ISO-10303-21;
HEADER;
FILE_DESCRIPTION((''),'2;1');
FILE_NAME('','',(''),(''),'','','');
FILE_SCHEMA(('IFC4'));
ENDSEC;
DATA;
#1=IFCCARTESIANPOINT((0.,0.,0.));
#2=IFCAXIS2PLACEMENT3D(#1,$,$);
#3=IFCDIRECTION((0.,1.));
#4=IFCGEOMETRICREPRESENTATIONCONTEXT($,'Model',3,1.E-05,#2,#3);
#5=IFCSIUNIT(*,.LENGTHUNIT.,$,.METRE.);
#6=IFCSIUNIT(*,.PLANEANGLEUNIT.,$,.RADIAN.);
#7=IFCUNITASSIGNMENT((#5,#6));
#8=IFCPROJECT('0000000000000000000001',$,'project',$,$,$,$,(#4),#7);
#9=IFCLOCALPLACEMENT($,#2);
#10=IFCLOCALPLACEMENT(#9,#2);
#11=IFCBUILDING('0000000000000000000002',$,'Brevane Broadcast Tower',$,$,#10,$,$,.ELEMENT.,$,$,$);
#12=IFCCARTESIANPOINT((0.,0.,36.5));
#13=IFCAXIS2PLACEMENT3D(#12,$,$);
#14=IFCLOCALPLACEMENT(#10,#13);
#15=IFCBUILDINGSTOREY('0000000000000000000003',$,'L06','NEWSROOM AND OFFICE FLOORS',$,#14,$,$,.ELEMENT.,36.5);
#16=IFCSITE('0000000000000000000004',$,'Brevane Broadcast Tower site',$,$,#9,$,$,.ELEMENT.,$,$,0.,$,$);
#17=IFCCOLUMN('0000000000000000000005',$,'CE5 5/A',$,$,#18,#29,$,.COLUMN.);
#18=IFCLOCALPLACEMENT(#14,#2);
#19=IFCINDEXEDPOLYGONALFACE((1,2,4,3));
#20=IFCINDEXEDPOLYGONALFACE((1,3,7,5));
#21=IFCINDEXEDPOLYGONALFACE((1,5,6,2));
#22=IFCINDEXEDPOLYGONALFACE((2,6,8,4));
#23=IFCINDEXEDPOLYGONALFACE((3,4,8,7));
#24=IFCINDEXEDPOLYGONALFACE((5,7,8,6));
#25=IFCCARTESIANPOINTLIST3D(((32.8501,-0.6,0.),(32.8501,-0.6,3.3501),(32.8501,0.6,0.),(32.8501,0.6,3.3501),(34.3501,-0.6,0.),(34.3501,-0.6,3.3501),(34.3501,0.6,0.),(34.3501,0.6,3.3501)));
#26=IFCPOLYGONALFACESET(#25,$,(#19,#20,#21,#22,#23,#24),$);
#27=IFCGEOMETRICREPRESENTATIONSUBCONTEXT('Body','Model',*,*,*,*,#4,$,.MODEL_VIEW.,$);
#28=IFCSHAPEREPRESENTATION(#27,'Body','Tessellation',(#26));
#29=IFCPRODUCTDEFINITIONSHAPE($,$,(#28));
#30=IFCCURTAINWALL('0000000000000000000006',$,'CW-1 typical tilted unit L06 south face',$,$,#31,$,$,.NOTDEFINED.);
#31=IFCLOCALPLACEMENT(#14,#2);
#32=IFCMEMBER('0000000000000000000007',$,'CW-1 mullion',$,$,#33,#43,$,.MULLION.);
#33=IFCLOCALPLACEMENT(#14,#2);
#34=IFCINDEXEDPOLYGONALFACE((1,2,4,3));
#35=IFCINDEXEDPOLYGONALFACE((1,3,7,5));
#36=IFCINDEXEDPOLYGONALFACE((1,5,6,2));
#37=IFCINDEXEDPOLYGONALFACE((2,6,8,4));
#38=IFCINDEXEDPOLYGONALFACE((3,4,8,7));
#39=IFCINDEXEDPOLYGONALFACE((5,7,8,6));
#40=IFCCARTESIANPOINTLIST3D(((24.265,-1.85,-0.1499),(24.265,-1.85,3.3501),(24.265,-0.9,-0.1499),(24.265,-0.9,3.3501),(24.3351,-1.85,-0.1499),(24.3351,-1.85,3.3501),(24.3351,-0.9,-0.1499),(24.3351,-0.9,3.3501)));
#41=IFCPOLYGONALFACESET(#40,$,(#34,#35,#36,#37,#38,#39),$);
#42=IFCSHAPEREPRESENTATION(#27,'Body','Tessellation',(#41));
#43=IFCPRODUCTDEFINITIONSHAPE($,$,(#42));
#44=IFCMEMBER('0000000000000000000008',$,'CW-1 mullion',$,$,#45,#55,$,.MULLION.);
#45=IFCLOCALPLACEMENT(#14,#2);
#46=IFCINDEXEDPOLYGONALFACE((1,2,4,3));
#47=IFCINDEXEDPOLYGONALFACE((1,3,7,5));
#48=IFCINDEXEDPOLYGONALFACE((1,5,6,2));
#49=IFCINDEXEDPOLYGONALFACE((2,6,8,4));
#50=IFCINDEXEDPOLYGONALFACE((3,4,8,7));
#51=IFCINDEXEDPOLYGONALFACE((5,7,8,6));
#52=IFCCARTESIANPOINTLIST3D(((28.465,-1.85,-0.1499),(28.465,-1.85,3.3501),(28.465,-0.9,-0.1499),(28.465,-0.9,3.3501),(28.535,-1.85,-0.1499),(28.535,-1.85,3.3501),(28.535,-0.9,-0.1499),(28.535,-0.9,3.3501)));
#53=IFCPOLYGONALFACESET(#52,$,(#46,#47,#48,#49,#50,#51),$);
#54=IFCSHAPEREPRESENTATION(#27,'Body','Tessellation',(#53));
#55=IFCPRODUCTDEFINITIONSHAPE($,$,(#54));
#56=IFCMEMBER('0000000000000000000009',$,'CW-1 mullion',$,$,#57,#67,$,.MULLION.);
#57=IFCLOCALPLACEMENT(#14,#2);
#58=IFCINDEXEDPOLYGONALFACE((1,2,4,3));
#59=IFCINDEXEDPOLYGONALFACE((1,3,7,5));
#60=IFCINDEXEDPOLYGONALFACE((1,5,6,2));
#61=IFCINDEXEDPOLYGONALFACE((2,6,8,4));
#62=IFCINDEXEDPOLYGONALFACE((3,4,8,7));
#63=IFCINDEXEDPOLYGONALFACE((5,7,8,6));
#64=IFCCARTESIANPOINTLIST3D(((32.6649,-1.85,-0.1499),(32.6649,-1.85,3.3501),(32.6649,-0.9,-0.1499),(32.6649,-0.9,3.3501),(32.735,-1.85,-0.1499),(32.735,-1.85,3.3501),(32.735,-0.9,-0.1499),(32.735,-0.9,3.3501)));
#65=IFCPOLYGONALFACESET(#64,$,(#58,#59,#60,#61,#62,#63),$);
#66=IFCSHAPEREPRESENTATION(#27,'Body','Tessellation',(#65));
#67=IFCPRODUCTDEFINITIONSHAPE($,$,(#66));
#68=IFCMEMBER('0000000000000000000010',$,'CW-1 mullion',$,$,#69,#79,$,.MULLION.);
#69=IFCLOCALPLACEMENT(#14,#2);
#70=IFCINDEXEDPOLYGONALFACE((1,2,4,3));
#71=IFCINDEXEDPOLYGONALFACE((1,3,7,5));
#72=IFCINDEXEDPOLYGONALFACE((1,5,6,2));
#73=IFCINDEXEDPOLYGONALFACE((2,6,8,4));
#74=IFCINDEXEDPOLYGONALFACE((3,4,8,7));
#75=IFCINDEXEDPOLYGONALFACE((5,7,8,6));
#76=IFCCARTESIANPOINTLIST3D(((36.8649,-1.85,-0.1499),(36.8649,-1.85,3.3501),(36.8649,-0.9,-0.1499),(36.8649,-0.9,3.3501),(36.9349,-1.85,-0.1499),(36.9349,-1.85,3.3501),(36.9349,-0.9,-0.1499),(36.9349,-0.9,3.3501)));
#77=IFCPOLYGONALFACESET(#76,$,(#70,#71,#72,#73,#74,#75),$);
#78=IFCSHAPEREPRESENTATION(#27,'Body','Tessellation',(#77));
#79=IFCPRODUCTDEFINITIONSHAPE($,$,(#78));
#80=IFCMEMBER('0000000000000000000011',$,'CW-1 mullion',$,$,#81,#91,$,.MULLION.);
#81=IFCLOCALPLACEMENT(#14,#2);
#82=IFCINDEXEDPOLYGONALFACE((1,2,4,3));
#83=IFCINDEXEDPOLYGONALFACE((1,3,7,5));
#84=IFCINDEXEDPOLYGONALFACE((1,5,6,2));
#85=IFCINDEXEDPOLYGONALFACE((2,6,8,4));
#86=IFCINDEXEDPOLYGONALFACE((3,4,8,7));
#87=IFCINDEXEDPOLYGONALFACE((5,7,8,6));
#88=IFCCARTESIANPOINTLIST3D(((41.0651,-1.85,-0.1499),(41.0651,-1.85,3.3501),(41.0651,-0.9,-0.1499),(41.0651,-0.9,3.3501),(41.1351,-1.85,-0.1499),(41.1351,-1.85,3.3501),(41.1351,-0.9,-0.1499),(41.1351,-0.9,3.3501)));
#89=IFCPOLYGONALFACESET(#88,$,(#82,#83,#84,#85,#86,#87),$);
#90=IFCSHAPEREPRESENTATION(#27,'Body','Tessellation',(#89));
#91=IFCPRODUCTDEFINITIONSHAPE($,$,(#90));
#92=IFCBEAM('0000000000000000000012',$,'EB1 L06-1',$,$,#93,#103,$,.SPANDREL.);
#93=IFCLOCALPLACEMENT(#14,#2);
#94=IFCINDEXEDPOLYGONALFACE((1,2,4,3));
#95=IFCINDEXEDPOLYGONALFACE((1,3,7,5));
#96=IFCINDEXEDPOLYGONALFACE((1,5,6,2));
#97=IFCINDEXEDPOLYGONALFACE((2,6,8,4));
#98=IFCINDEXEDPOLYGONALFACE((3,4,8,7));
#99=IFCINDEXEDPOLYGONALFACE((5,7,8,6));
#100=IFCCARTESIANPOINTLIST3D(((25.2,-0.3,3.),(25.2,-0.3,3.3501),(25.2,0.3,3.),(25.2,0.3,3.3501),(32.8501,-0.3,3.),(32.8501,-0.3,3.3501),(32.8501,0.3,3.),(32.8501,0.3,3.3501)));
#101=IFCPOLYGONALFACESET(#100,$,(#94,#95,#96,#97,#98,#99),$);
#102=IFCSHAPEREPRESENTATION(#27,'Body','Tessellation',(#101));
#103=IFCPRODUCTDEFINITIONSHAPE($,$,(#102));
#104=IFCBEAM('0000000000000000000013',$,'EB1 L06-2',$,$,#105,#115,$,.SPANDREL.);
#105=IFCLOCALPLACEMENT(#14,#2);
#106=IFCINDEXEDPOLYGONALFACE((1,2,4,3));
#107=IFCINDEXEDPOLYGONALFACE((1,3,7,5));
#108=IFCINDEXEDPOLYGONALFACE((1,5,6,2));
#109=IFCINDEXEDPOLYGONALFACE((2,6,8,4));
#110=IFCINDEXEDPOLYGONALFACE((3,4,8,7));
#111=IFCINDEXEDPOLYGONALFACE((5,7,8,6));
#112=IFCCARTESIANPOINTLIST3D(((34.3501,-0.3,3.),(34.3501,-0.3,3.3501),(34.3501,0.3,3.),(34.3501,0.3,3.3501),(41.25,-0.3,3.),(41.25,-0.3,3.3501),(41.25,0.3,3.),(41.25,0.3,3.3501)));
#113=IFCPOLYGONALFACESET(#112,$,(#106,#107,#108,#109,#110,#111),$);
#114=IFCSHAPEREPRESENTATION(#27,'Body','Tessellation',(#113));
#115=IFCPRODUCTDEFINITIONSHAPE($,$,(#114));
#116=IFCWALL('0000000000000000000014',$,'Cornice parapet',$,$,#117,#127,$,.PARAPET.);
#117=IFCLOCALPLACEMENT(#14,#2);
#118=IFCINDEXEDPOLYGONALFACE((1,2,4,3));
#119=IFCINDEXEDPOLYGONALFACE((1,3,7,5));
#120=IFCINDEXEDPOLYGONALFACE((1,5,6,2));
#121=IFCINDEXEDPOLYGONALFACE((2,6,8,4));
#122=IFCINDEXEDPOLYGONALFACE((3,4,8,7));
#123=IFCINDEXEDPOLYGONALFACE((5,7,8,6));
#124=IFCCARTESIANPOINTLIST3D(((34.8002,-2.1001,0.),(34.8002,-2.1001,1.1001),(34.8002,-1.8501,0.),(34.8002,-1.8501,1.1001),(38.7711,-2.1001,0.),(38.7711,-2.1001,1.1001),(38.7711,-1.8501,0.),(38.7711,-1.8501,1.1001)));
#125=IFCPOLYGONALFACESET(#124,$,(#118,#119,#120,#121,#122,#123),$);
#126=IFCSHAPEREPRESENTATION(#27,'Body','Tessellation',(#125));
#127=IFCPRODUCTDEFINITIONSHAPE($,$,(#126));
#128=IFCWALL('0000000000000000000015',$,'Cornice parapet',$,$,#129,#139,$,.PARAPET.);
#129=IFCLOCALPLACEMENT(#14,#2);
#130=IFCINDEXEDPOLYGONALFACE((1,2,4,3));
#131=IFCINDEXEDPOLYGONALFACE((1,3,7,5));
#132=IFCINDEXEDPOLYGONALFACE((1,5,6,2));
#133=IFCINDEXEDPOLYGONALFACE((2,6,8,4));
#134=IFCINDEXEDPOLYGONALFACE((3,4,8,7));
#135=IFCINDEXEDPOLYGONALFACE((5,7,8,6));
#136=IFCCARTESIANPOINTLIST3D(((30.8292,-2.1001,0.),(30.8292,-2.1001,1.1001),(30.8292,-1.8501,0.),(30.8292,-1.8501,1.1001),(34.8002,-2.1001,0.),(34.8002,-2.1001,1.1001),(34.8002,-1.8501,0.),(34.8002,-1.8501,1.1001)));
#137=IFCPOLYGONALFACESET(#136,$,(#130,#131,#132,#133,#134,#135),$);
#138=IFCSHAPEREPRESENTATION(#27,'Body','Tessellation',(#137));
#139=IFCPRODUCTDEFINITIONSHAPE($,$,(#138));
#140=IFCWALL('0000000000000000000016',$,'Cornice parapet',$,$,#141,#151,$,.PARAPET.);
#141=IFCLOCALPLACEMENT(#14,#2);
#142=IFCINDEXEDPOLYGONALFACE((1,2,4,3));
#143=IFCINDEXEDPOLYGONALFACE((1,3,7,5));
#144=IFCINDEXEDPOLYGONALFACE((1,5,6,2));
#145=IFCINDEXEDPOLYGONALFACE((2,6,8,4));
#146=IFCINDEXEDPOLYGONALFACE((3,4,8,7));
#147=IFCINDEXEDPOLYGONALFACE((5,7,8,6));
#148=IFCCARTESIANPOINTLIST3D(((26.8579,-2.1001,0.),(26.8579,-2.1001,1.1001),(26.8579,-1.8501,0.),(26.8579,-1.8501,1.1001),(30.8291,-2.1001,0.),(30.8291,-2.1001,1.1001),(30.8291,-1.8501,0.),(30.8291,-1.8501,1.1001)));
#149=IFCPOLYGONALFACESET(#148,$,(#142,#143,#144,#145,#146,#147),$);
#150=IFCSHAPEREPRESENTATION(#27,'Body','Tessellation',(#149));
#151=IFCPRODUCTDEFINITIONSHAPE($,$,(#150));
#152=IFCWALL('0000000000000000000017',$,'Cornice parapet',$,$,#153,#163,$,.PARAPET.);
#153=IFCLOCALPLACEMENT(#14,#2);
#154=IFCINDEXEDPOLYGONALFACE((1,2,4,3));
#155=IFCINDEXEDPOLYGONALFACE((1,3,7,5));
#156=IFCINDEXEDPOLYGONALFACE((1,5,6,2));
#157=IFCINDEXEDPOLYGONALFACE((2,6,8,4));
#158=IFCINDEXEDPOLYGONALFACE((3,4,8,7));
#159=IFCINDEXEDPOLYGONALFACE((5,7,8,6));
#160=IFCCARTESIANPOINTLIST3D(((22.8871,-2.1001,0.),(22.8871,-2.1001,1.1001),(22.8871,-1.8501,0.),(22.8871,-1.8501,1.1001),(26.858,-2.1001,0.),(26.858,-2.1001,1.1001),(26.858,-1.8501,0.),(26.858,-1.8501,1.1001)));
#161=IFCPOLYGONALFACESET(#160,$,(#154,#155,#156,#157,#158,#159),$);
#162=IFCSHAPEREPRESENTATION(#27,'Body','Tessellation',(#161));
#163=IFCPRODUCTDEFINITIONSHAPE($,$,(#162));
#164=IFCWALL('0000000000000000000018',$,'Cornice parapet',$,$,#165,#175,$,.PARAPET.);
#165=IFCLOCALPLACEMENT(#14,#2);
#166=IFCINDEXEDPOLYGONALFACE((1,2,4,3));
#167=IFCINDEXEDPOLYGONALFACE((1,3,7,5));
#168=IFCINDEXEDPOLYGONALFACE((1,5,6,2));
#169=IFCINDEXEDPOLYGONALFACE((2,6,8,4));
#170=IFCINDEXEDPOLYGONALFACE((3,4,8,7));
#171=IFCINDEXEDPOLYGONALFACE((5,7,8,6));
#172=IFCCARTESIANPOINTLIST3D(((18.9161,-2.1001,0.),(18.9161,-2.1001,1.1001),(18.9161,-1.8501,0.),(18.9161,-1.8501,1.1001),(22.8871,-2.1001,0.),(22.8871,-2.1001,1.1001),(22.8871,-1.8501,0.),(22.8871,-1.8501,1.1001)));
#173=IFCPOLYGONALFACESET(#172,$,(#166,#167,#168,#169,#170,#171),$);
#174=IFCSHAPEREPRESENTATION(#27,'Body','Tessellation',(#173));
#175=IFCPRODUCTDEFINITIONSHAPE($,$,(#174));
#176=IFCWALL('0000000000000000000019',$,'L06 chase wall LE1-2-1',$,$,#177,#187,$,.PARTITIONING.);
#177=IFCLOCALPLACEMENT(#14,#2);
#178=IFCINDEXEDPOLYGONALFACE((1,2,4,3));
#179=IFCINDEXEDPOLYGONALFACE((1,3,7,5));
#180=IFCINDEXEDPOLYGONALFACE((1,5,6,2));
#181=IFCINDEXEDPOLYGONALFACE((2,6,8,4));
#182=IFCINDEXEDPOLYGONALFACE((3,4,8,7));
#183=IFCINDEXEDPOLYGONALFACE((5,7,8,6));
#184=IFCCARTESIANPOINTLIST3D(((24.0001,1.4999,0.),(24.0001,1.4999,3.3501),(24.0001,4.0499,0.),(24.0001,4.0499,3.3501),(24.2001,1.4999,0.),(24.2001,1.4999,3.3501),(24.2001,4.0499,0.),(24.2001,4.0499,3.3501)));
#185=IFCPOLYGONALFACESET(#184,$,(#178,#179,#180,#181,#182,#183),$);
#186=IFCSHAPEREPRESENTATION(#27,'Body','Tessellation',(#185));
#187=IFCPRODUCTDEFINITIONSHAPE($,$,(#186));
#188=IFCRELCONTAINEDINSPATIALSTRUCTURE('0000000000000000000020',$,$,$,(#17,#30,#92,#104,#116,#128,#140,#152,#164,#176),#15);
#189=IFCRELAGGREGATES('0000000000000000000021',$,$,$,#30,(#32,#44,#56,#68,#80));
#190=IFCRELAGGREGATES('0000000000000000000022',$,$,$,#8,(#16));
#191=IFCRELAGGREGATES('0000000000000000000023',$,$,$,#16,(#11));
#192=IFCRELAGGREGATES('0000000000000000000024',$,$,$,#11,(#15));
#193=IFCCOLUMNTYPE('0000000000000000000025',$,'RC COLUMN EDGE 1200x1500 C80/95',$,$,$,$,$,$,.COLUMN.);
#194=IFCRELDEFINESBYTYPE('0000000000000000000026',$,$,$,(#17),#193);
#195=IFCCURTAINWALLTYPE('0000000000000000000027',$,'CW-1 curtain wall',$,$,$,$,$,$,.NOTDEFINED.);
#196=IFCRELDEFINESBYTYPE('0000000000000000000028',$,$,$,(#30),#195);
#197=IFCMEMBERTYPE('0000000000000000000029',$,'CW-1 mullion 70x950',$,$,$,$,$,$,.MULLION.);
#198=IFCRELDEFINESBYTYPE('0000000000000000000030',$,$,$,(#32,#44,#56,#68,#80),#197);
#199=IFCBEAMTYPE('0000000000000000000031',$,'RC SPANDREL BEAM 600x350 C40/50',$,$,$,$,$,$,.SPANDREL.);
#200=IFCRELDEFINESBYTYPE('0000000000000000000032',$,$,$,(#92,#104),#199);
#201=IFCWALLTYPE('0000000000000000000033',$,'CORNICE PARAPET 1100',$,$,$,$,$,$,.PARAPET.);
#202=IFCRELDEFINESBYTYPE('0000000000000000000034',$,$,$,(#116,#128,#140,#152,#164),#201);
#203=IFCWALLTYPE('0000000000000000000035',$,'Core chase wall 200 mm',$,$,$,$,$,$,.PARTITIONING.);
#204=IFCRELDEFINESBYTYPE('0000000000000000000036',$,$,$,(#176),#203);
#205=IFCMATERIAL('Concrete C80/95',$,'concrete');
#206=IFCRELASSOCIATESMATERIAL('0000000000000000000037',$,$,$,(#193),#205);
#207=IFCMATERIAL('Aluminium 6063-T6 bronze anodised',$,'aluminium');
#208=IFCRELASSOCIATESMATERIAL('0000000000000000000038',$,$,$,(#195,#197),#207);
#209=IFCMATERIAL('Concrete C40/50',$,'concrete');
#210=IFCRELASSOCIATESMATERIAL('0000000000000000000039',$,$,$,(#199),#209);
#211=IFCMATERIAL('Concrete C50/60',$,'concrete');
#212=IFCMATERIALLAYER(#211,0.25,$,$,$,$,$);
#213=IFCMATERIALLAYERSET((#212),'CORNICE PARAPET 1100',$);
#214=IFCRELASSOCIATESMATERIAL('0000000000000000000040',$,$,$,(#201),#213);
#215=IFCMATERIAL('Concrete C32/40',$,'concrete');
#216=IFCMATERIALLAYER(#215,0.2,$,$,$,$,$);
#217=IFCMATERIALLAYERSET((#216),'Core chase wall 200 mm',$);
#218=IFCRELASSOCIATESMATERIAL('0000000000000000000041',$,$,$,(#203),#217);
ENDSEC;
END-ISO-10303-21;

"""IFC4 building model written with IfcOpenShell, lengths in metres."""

from ifc_helpers import new_model, si_unit, direction, frame, frame_2d, origin, origin_2d, place, context, subcontext, project, spatial, rectangle, extrude, material, layer, layer_set, material_profile, profile_set, type_object, element, aggregate, save


model = new_model("IFC4")

# Units and contexts
model_context = context("Model", 3, precision=1e-05, world=origin(), true_north=direction((0.0, 1.0)))
body_context = subcontext(model_context, "Body", "Model", "MODEL_VIEW")
ifc_project = project(units=[si_unit("LENGTHUNIT", "METRE"), si_unit("PLANEANGLEUNIT", "RADIAN")], contexts=[model_context])

# Site, building, storey
site_placement = place(None, origin())
site = spatial("IfcSite", under=ifc_project, at=site_placement, Name="Brevane Broadcast Tower site", CompositionType="ELEMENT", RefElevation=0.0)
building_placement = place(site_placement, origin())
building = spatial("IfcBuilding", under=site, at=building_placement, Name="Brevane Broadcast Tower", CompositionType="ELEMENT")
storey_placement = place(building_placement, frame((0.0, 0.0, 36.5)))
storey = spatial("IfcBuildingStorey", under=building, at=storey_placement, Name="L06", Description="NEWSROOM AND OFFICE FLOORS", CompositionType="ELEMENT", Elevation=36.5)

# Column
ifc_material_1 = material(Name="Concrete C80/95", Category="concrete")
ifc_material_profile_1 = material_profile(ifc_material_1, rectangle(XDim=1.2, YDim=1.5, at=origin_2d()), Name="RC 1200x1500")
ifc_profile_set_1 = profile_set([ifc_material_profile_1], Name="Concrete C80/95")
column_type = type_object("IfcColumnType", Name="RC COLUMN EDGE 1200x1500 C80/95", PredefinedType="COLUMN", material=ifc_profile_set_1)
column_placement = place(storey_placement, frame((33.6001, 0.0, 0.0), z_axis=(0.0, 0.0, 1.0), x_axis=(0.0, 1.0, 0.0)))
element("IfcColumn", 1, at=column_placement, inside=storey, type_object=column_type, Name="CE5 5/A", PredefinedType="COLUMN", context=body_context, shape_type="SweptSolid", body=[
    extrude(rectangle(XDim=1.2, YDim=1.5, at=origin_2d()), origin(), (0.0, 0.0, 1.0), 3.3501),
])

# Curtain wall, members
ifc_material_2 = material(Name="Aluminium 6063-T6 bronze anodised", Category="aluminium")
curtain_wall_type = type_object("IfcCurtainWallType", Name="CW-1 curtain wall", PredefinedType="NOTDEFINED", material=ifc_material_2)
curtain_wall_placement = place(storey_placement, origin())
curtain_wall = element("IfcCurtainWall", 2, at=curtain_wall_placement, inside=storey, type_object=curtain_wall_type, Name="CW-1 typical tilted unit L06 south face", PredefinedType="NOTDEFINED")
ifc_material_profile_2 = material_profile(ifc_material_2, rectangle(XDim=0.95, YDim=0.0701, at=origin_2d()), Name="RECT 70x950")
ifc_profile_set_2 = profile_set([ifc_material_profile_2], Name="Aluminium 6063-T6 bronze anodised")
member_type = type_object("IfcMemberType", Name="CW-1 mullion 70x950", PredefinedType="MULLION", material=ifc_profile_set_2)
member_1_placement = place(storey_placement, frame((24.3, -1.375, -0.1499), z_axis=(0.0, 0.0, 1.0), x_axis=(0.0, 1.0, 0.0)))
member_1 = element("IfcMember", 3, at=member_1_placement, type_object=member_type, Name="CW-1 mullion", PredefinedType="MULLION", context=body_context, shape_type="SweptSolid", body=[
    extrude(rectangle(XDim=0.95, YDim=0.0701, at=origin_2d()), origin(), (0.0, 0.0, 1.0), 3.5),
])
member_2_placement = place(storey_placement, frame((28.5, -1.375, -0.1499), z_axis=(0.0, 0.0, 1.0), x_axis=(0.0, 1.0, 0.0)))
member_2 = element("IfcMember", 4, at=member_2_placement, type_object=member_type, Name="CW-1 mullion", PredefinedType="MULLION", context=body_context, shape_type="SweptSolid", body=[
    extrude(rectangle(XDim=0.95, YDim=0.0701, at=origin_2d()), origin(), (0.0, 0.0, 1.0), 3.5),
])
member_3_placement = place(storey_placement, frame((32.7, -1.375, -0.1499), z_axis=(0.0, 0.0, 1.0), x_axis=(0.0, 1.0, 0.0)))
member_3 = element("IfcMember", 5, at=member_3_placement, type_object=member_type, Name="CW-1 mullion", PredefinedType="MULLION", context=body_context, shape_type="SweptSolid", body=[
    extrude(rectangle(XDim=0.95, YDim=0.0701, at=origin_2d()), origin(), (0.0, 0.0, 1.0), 3.5),
])
member_4_placement = place(storey_placement, frame((36.8999, -1.375, -0.1499), z_axis=(0.0, 0.0, 1.0), x_axis=(0.0, 1.0, 0.0)))
member_4 = element("IfcMember", 6, at=member_4_placement, type_object=member_type, Name="CW-1 mullion", PredefinedType="MULLION", context=body_context, shape_type="SweptSolid", body=[
    extrude(rectangle(XDim=0.95, YDim=0.0701, at=origin_2d()), origin(), (0.0, 0.0, 1.0), 3.5),
])
member_5_placement = place(storey_placement, frame((41.1001, -1.375, -0.1499), z_axis=(0.0, 0.0, 1.0), x_axis=(0.0, 1.0, 0.0)))
member_5 = element("IfcMember", 7, at=member_5_placement, type_object=member_type, Name="CW-1 mullion", PredefinedType="MULLION", context=body_context, shape_type="SweptSolid", body=[
    extrude(rectangle(XDim=0.95, YDim=0.0701, at=origin_2d()), origin(), (0.0, 0.0, 1.0), 3.5),
])
aggregate(curtain_wall, [member_1, member_2, member_3, member_4, member_5])

# Beams
ifc_material_3 = material(Name="Concrete C40/50", Category="concrete")
ifc_material_profile_3 = material_profile(ifc_material_3, rectangle(XDim=0.6001, YDim=0.3501, at=origin_2d()), Name="RC 600x350")
ifc_profile_set_3 = profile_set([ifc_material_profile_3], Name="Concrete C40/50")
beam_type = type_object("IfcBeamType", Name="RC SPANDREL BEAM 600x350 C40/50", PredefinedType="SPANDREL", material=ifc_profile_set_3)
beam_1_placement = place(storey_placement, frame((25.2, 0.0, 3.175), z_axis=(1.0, 0.0, 0.0), x_axis=(0.0, 1.0, 0.0)))
element("IfcBeam", 8, at=beam_1_placement, inside=storey, type_object=beam_type, Name="EB1 L06-1", PredefinedType="SPANDREL", context=body_context, shape_type="SweptSolid", body=[
    extrude(rectangle(XDim=0.6001, YDim=0.3501, at=origin_2d()), origin(), (0.0, 0.0, 1.0), 7.6501),
])
beam_2_placement = place(storey_placement, frame((34.3501, 0.0, 3.175), z_axis=(1.0, 0.0, 0.0), x_axis=(0.0, 1.0, 0.0)))
element("IfcBeam", 9, at=beam_2_placement, inside=storey, type_object=beam_type, Name="EB1 L06-2", PredefinedType="SPANDREL", context=body_context, shape_type="SweptSolid", body=[
    extrude(rectangle(XDim=0.6001, YDim=0.3501, at=origin_2d()), origin(), (0.0, 0.0, 1.0), 6.8999),
])

# Walls
ifc_material_4 = material(Name="Concrete C50/60", Category="concrete")
ifc_layer_1 = layer(ifc_material_4, 0.25)
ifc_layer_set_1 = layer_set([ifc_layer_1], Name="CORNICE PARAPET 1100")
wall_type_1 = type_object("IfcWallType", Name="CORNICE PARAPET 1100", PredefinedType="PARAPET", material=ifc_layer_set_1)
for number, where, z_axis, x_axis, name in (
    (10, (38.771, -1.9751, 0.0), (0.0, 0.0, 1.0), (-1.0, 0.0, 0.0), "Cornice parapet"),
    (11, (34.8, -1.9751, 0.0), (0.0, 0.0, 1.0), (-1.0, 0.0, 0.0), "Cornice parapet"),
):
    element("IfcWall", number, at=place(storey_placement, frame(where, z_axis=z_axis, x_axis=x_axis)), inside=storey, type_object=wall_type_1, Name=name, PredefinedType="PARAPET", context=body_context, shape_type="SweptSolid", body=[
        extrude(rectangle(XDim=3.9709, YDim=0.25, at=frame_2d((1.9854, 0.0))), origin(), (0.0, 0.0, 1.0), 1.1001),
    ])
wall_1_placement = place(storey_placement, frame((30.8291, -1.9751, 0.0), z_axis=(0.0, 0.0, 1.0), x_axis=(-1.0, 0.0, 0.0)))
element("IfcWall", 12, at=wall_1_placement, inside=storey, type_object=wall_type_1, Name="Cornice parapet", PredefinedType="PARAPET", context=body_context, shape_type="SweptSolid", body=[
    extrude(rectangle(XDim=3.9712, YDim=0.25, at=frame_2d((1.9856, 0.0))), origin(), (0.0, 0.0, 1.0), 1.1001),
])
for number, where, z_axis, x_axis, name in (
    (13, (26.8579, -1.9751, 0.0), (0.0, 0.0, 1.0), (-1.0, 0.0, 0.0), "Cornice parapet"),
    (14, (22.887, -1.9751, 0.0), (0.0, 0.0, 1.0), (-1.0, 0.0, 0.0), "Cornice parapet"),
):
    element("IfcWall", number, at=place(storey_placement, frame(where, z_axis=z_axis, x_axis=x_axis)), inside=storey, type_object=wall_type_1, Name=name, PredefinedType="PARAPET", context=body_context, shape_type="SweptSolid", body=[
        extrude(rectangle(XDim=3.9709, YDim=0.25, at=frame_2d((1.9854, 0.0))), origin(), (0.0, 0.0, 1.0), 1.1001),
    ])
ifc_material_5 = material(Name="Concrete C32/40", Category="concrete")
ifc_layer_2 = layer(ifc_material_5, 0.2)
ifc_layer_set_2 = layer_set([ifc_layer_2], Name="Core chase wall 200 mm")
wall_type_2 = type_object("IfcWallType", Name="Core chase wall 200 mm", PredefinedType="PARTITIONING", material=ifc_layer_set_2)
wall_2_placement = place(storey_placement, frame((24.1001, 1.5, 0.0), z_axis=(0.0, 0.0, 1.0), x_axis=(0.0, 1.0, 0.0)))
element("IfcWall", 15, at=wall_2_placement, inside=storey, type_object=wall_type_2, Name="L06 chase wall LE1-2-1", PredefinedType="PARTITIONING", context=body_context, shape_type="SweptSolid", body=[
    extrude(rectangle(XDim=2.55, YDim=0.2, at=frame_2d((1.2749, 0.0))), origin(), (0.0, 0.0, 1.0), 3.3501),
])

save(model, "model.ifc")
